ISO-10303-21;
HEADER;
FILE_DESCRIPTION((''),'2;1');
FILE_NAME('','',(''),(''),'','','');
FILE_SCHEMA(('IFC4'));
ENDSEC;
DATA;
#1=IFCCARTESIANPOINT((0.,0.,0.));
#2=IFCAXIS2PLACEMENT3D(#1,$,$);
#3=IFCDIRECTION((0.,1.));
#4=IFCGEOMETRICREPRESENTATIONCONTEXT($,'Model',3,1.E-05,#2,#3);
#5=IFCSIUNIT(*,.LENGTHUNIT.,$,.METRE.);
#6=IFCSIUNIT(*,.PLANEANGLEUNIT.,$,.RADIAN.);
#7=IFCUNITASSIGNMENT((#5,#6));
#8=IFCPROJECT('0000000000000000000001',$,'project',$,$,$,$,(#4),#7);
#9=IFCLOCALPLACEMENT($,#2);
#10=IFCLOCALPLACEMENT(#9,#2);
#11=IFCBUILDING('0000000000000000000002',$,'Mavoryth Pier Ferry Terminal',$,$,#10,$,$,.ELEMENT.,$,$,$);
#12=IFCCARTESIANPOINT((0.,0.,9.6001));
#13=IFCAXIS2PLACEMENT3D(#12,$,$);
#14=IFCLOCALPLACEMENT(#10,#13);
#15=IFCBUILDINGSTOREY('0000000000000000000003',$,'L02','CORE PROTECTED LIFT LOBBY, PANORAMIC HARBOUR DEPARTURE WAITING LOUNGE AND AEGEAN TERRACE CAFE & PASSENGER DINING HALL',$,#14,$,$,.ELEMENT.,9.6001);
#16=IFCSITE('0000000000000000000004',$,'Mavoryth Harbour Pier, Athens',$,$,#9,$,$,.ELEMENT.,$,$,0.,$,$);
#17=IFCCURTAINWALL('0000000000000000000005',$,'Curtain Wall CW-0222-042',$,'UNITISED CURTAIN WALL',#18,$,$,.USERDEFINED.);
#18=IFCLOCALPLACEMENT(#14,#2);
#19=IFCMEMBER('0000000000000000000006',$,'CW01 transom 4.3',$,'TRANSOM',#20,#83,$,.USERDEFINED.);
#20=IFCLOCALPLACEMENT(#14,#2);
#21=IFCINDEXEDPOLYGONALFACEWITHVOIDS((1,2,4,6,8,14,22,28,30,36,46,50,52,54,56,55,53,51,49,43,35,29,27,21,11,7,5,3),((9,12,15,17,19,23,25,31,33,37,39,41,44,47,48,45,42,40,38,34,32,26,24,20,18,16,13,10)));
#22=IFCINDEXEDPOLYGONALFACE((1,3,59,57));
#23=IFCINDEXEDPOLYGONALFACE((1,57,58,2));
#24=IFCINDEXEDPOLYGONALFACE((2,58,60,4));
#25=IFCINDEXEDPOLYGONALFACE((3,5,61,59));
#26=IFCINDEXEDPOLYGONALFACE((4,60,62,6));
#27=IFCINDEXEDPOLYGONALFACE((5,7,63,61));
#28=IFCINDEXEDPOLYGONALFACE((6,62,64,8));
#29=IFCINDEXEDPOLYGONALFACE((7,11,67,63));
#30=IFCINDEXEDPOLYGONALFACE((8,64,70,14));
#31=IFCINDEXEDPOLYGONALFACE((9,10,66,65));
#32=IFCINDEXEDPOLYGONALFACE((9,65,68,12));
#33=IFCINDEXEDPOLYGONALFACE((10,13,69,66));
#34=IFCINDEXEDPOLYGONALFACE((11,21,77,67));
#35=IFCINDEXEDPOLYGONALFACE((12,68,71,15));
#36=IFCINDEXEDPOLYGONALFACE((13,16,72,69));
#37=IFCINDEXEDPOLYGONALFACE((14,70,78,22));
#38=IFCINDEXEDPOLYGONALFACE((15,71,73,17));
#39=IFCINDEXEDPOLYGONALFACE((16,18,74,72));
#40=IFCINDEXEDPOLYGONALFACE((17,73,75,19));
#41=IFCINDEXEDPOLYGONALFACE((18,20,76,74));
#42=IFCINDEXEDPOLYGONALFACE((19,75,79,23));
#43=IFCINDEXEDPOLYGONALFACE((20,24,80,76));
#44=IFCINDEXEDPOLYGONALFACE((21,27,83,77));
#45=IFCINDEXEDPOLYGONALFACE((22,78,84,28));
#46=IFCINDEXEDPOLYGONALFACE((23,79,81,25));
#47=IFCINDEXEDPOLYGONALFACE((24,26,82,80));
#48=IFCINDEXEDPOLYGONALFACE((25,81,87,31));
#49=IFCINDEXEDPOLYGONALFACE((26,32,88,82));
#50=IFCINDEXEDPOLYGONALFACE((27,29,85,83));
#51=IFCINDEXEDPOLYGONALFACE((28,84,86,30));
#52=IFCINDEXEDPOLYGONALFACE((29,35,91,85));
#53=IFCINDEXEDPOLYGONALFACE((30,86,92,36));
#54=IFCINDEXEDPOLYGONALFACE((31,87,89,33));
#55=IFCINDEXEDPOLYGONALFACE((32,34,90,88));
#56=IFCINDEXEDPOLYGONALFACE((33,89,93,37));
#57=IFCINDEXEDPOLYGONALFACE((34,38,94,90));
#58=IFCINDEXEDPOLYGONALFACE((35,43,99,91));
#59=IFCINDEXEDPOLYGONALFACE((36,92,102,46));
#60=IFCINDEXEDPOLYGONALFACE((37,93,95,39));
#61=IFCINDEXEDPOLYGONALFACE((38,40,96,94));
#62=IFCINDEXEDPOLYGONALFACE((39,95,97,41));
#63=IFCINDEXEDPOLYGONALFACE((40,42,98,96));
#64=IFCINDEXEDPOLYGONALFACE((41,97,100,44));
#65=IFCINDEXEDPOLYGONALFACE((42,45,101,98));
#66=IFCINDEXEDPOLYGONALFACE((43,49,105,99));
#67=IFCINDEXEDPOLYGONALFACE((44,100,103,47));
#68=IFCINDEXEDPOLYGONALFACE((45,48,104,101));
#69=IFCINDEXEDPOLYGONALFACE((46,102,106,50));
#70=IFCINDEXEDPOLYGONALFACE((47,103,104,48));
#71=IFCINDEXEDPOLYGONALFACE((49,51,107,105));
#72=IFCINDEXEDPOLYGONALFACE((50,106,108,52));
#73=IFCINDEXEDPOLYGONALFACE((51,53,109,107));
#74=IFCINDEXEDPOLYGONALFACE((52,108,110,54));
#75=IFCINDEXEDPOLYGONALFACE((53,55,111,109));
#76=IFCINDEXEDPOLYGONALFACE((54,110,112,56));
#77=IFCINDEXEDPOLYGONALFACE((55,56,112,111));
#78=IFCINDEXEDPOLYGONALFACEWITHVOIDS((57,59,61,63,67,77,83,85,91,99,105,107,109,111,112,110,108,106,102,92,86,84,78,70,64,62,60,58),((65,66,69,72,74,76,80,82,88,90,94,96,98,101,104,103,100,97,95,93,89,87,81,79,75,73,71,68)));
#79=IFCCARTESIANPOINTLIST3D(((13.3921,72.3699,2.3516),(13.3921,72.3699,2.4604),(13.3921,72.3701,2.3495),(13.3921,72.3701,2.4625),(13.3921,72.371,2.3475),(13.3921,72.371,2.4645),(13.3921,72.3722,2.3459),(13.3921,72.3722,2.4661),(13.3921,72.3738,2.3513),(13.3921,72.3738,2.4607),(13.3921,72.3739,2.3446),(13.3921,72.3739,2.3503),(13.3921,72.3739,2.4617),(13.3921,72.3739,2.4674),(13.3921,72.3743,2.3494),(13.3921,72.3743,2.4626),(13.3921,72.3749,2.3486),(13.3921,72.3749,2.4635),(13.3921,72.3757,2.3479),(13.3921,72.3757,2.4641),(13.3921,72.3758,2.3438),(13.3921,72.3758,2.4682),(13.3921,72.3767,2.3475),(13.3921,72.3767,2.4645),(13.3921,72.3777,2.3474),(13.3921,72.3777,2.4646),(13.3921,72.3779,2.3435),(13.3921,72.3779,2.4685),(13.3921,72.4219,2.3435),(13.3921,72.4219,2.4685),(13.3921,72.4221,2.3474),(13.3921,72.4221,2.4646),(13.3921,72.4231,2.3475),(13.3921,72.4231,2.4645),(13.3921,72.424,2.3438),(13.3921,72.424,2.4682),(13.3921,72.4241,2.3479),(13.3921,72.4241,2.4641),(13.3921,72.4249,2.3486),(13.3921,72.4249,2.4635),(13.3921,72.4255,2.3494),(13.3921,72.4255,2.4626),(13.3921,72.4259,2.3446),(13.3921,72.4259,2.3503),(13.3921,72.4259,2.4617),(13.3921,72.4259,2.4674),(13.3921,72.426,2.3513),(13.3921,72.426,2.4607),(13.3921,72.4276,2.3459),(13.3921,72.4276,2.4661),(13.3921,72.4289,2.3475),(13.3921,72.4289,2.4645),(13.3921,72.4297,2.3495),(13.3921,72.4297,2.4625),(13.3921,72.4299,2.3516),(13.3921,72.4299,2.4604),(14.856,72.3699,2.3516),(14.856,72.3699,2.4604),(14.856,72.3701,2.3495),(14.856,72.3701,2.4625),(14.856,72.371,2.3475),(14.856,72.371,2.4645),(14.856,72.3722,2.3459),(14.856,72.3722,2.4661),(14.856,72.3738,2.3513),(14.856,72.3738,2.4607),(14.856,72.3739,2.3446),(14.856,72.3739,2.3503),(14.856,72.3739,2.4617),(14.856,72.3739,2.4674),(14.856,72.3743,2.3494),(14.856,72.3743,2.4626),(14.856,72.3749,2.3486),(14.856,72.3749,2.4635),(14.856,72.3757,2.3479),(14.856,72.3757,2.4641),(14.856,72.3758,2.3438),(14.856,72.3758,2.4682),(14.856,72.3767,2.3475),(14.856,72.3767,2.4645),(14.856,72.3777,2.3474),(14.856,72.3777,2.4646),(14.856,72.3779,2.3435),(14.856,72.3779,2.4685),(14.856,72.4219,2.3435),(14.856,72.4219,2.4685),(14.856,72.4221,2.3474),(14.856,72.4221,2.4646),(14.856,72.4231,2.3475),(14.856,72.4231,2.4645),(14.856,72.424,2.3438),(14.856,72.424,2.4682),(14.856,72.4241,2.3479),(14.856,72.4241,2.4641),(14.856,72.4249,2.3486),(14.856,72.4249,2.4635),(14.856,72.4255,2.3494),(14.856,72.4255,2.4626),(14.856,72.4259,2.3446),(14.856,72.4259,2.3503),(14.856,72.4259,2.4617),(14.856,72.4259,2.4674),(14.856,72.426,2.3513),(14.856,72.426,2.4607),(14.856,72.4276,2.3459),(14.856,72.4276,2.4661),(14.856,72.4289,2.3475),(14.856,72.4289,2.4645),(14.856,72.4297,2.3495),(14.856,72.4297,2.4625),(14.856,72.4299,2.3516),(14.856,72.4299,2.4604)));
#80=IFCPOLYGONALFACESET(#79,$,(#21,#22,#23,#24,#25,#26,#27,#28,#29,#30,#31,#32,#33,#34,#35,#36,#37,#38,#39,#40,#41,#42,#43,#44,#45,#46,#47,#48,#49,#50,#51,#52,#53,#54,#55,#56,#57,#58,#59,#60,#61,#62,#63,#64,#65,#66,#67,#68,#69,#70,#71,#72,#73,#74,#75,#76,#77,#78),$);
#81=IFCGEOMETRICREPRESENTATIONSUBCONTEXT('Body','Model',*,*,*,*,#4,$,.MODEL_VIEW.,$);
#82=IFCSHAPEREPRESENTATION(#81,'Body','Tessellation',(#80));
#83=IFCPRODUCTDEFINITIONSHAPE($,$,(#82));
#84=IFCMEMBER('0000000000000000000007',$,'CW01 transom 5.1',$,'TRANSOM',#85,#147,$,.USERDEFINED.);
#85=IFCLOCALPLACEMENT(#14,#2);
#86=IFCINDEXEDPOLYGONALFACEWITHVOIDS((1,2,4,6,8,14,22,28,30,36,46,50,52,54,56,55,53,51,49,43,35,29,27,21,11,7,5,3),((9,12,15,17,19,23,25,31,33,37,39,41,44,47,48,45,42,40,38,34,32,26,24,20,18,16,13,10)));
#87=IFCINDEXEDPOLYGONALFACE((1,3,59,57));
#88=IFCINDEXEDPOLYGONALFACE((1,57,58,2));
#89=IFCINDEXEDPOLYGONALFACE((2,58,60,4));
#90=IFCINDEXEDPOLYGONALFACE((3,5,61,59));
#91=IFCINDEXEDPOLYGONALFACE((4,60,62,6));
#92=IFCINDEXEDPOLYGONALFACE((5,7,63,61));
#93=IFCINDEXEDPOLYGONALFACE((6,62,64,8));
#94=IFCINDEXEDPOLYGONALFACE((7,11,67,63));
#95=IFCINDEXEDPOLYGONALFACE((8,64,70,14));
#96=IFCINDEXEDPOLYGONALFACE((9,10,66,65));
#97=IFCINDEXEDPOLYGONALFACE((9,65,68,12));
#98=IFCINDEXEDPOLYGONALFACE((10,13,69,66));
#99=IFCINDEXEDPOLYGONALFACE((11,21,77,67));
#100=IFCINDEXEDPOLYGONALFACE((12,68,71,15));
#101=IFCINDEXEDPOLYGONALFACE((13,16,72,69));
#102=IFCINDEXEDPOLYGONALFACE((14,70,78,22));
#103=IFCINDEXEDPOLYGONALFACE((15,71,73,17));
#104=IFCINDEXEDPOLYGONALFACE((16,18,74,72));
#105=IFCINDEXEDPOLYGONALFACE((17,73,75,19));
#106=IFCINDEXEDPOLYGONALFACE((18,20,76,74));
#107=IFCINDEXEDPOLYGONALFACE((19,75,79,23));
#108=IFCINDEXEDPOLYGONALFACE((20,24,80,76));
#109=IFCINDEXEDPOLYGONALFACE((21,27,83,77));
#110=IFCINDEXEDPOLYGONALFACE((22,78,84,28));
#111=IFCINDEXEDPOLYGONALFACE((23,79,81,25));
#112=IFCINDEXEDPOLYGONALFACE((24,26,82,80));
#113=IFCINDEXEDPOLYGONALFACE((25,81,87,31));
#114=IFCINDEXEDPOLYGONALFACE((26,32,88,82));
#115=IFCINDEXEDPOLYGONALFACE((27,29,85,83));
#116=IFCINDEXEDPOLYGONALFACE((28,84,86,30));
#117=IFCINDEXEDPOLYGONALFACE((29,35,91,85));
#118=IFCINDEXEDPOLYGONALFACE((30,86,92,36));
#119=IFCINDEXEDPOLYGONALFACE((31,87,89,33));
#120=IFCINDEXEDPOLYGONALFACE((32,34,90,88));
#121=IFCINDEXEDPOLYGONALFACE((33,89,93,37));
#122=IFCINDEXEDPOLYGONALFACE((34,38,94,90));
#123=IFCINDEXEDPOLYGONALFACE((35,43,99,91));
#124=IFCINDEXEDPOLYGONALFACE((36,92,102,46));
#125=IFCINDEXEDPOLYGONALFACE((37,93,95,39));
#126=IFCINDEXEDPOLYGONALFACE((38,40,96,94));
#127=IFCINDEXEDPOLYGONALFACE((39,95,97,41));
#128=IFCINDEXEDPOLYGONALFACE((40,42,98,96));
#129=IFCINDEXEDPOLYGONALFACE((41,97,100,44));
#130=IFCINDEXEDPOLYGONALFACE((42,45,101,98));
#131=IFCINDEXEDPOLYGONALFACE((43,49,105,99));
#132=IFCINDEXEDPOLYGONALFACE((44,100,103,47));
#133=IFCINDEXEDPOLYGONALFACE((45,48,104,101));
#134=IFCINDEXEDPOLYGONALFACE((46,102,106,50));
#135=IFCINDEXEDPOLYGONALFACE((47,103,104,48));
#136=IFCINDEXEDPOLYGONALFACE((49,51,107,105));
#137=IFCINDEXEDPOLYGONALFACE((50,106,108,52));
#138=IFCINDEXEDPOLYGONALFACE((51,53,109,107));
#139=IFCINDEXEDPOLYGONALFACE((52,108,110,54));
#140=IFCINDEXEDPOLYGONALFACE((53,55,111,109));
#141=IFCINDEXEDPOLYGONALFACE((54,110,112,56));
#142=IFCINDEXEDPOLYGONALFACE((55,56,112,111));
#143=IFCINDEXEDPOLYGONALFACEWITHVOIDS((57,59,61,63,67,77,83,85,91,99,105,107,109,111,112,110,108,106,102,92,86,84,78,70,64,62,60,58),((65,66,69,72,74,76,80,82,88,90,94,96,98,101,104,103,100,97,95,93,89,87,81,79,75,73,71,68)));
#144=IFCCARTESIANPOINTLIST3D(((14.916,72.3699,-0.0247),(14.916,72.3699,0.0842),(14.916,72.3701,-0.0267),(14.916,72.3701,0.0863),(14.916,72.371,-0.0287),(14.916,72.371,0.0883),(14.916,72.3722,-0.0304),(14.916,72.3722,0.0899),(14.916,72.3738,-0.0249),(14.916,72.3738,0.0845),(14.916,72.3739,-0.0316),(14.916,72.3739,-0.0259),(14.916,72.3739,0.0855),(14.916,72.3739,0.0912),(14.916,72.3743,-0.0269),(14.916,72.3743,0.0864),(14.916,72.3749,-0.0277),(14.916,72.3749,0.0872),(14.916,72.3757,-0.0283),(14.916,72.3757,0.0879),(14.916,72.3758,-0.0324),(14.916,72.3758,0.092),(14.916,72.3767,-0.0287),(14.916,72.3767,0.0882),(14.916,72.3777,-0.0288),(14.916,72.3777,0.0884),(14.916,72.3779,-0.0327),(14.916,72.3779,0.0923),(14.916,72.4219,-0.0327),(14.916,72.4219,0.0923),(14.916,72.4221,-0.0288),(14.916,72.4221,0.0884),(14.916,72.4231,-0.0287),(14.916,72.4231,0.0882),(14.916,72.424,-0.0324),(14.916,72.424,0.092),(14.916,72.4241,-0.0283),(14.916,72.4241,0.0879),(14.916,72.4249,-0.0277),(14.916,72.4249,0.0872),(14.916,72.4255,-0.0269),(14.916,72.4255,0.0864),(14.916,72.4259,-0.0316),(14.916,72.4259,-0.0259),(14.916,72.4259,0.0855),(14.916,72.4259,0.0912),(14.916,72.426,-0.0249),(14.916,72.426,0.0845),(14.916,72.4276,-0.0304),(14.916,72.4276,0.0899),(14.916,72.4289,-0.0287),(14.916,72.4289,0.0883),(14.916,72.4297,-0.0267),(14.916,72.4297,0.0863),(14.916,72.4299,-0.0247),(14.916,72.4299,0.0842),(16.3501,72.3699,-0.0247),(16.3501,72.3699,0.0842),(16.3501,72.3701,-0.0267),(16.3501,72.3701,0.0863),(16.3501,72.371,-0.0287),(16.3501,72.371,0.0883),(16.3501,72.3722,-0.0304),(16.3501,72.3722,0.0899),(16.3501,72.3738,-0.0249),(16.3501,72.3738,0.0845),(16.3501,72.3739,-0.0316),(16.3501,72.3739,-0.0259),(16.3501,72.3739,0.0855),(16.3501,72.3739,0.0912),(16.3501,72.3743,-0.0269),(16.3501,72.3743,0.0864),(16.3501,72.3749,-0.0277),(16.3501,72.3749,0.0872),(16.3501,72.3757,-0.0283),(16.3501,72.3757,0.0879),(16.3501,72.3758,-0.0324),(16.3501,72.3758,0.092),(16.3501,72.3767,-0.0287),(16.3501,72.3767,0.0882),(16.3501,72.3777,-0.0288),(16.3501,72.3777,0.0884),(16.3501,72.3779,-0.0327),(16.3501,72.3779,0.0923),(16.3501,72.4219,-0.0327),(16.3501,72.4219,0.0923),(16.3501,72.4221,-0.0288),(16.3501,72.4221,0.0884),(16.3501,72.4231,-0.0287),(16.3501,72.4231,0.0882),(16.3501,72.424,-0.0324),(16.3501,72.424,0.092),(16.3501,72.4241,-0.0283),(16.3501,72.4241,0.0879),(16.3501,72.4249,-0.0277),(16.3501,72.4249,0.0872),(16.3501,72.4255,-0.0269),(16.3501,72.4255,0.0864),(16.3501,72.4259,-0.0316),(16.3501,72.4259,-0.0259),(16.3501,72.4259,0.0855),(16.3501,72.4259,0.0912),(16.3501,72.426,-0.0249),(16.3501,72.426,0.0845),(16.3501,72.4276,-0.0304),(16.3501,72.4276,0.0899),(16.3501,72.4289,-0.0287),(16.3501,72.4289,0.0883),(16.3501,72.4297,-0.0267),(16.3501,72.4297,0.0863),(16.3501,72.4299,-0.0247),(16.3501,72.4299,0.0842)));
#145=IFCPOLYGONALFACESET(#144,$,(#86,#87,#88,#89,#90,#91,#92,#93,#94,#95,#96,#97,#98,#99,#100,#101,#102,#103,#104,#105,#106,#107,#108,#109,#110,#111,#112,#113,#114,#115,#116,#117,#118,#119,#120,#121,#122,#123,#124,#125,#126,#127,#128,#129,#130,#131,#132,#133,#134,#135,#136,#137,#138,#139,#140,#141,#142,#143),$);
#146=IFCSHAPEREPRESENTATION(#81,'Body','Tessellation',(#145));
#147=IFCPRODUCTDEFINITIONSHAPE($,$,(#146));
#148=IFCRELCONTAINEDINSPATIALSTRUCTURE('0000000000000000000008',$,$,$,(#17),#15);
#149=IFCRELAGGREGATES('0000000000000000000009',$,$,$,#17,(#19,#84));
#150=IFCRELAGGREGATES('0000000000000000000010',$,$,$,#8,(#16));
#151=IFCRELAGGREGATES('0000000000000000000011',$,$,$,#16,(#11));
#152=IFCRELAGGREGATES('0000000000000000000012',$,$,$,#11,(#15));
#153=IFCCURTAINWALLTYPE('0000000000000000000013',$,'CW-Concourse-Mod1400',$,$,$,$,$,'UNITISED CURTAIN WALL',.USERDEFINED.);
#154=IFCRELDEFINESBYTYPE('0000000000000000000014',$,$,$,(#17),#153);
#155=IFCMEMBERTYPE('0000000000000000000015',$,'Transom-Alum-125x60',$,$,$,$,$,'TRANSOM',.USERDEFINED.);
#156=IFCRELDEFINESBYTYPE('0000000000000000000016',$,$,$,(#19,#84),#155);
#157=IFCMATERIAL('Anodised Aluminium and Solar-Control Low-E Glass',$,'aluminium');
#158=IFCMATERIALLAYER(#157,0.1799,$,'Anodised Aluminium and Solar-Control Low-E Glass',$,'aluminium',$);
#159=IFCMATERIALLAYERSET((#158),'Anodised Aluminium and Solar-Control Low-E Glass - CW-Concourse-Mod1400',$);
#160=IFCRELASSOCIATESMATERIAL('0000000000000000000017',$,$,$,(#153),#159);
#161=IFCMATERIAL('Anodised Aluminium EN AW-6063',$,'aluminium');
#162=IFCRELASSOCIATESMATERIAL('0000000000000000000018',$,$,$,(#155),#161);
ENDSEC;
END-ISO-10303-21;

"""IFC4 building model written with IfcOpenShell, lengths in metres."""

from ifc_helpers import new_model, si_unit, direction, frame, origin, origin_2d, place, context, subcontext, project, spatial, hollow_rectangle, extrude, material, layer, layer_set, material_profile, profile_set, type_object, element, aggregate, save


model = new_model("IFC4")

# Units and contexts
model_context = context("Model", 3, precision=1e-05, world=origin(), true_north=direction((0.0, 1.0)))
body_context = subcontext(model_context, "Body", "Model", "MODEL_VIEW")
ifc_project = project(units=[si_unit("LENGTHUNIT", "METRE"), si_unit("PLANEANGLEUNIT", "RADIAN")], contexts=[model_context])

# Site, building, storey
site_placement = place(None, origin())
site = spatial("IfcSite", under=ifc_project, at=site_placement, Name="Mavoryth Harbour Pier, Athens", CompositionType="ELEMENT", RefElevation=0.0)
building_placement = place(site_placement, origin())
building = spatial("IfcBuilding", under=site, at=building_placement, Name="Mavoryth Pier Ferry Terminal", CompositionType="ELEMENT")
storey_placement = place(building_placement, frame((0.0, 0.0, 9.6001)))
storey = spatial("IfcBuildingStorey", under=building, at=storey_placement, Name="L02", Description="CORE PROTECTED LIFT LOBBY, PANORAMIC HARBOUR DEPARTURE WAITING LOUNGE AND AEGEAN TERRACE CAFE & PASSENGER DINING HALL", CompositionType="ELEMENT", Elevation=9.6001)

# Shared definitions
ifc_material_1 = material(Name="Anodised Aluminium and Solar-Control Low-E Glass", Category="aluminium")
ifc_layer_1 = layer(ifc_material_1, 0.1799, Name="Anodised Aluminium and Solar-Control Low-E Glass", Category="aluminium")
ifc_layer_set_1 = layer_set([ifc_layer_1], Name="Anodised Aluminium and Solar-Control Low-E Glass - CW-Concourse-Mod1400")
curtain_wall_type = type_object("IfcCurtainWallType", Name="CW-Concourse-Mod1400", ElementType="UNITISED CURTAIN WALL", PredefinedType="USERDEFINED", material=ifc_layer_set_1)
ifc_material_2 = material(Name="Anodised Aluminium EN AW-6063", Category="aluminium")

# Curtain wall
curtain_wall_1_placement = place(storey_placement, origin())
curtain_wall_1 = element("IfcCurtainWall", 1, at=curtain_wall_1_placement, inside=storey, type_object=curtain_wall_type, Name="Curtain Wall CW-0222-042", ObjectType="UNITISED CURTAIN WALL", PredefinedType="USERDEFINED")

# Members
ifc_material_profile_1 = material_profile(ifc_material_2, hollow_rectangle(XDim=0.0601, YDim=0.125, WallThickness=0.0039, InnerFilletRadius=0.0039, OuterFilletRadius=0.0081, at=origin_2d()), Name="AL-TRAN 125x60x4", Category="aluminium")
ifc_profile_set_1 = profile_set([ifc_material_profile_1], Name="Anodised Aluminium EN AW-6063 - AL-TRAN 125x60x4")
member_type_1 = type_object("IfcMemberType", Name="Transom-Alum-125x60", ElementType="TRANSOM", PredefinedType="USERDEFINED", material=ifc_profile_set_1)
member_1_placement = place(storey_placement, frame((13.3921, 72.3999, 2.406), z_axis=(1.0, 0.0, 0.0), x_axis=(0.0, 1.0, 0.0)))
member_1 = element("IfcMember", 2, at=member_1_placement, type_object=member_type_1, Name="CW01 transom 4.3", ObjectType="TRANSOM", PredefinedType="USERDEFINED", context=body_context, shape_type="SweptSolid", body=[
    extrude(hollow_rectangle(XDim=0.0601, YDim=0.125, WallThickness=0.0039, InnerFilletRadius=0.0039, OuterFilletRadius=0.0081, at=origin_2d()), origin(), (0.0, 0.0, 1.0), 1.4639),
])
member_2_placement = place(storey_placement, frame((14.916, 72.3999, 0.0298), z_axis=(1.0, 0.0, 0.0), x_axis=(0.0, 1.0, 0.0)))
member_2 = element("IfcMember", 3, at=member_2_placement, type_object=member_type_1, Name="CW01 transom 5.1", ObjectType="TRANSOM", PredefinedType="USERDEFINED", context=body_context, shape_type="SweptSolid", body=[
    extrude(hollow_rectangle(XDim=0.0601, YDim=0.125, WallThickness=0.0039, InnerFilletRadius=0.0039, OuterFilletRadius=0.0081, at=origin_2d()), origin(), (0.0, 0.0, 1.0), 1.4341),
])

aggregate(curtain_wall_1, [member_1, member_2])

save(model, "model.ifc")
